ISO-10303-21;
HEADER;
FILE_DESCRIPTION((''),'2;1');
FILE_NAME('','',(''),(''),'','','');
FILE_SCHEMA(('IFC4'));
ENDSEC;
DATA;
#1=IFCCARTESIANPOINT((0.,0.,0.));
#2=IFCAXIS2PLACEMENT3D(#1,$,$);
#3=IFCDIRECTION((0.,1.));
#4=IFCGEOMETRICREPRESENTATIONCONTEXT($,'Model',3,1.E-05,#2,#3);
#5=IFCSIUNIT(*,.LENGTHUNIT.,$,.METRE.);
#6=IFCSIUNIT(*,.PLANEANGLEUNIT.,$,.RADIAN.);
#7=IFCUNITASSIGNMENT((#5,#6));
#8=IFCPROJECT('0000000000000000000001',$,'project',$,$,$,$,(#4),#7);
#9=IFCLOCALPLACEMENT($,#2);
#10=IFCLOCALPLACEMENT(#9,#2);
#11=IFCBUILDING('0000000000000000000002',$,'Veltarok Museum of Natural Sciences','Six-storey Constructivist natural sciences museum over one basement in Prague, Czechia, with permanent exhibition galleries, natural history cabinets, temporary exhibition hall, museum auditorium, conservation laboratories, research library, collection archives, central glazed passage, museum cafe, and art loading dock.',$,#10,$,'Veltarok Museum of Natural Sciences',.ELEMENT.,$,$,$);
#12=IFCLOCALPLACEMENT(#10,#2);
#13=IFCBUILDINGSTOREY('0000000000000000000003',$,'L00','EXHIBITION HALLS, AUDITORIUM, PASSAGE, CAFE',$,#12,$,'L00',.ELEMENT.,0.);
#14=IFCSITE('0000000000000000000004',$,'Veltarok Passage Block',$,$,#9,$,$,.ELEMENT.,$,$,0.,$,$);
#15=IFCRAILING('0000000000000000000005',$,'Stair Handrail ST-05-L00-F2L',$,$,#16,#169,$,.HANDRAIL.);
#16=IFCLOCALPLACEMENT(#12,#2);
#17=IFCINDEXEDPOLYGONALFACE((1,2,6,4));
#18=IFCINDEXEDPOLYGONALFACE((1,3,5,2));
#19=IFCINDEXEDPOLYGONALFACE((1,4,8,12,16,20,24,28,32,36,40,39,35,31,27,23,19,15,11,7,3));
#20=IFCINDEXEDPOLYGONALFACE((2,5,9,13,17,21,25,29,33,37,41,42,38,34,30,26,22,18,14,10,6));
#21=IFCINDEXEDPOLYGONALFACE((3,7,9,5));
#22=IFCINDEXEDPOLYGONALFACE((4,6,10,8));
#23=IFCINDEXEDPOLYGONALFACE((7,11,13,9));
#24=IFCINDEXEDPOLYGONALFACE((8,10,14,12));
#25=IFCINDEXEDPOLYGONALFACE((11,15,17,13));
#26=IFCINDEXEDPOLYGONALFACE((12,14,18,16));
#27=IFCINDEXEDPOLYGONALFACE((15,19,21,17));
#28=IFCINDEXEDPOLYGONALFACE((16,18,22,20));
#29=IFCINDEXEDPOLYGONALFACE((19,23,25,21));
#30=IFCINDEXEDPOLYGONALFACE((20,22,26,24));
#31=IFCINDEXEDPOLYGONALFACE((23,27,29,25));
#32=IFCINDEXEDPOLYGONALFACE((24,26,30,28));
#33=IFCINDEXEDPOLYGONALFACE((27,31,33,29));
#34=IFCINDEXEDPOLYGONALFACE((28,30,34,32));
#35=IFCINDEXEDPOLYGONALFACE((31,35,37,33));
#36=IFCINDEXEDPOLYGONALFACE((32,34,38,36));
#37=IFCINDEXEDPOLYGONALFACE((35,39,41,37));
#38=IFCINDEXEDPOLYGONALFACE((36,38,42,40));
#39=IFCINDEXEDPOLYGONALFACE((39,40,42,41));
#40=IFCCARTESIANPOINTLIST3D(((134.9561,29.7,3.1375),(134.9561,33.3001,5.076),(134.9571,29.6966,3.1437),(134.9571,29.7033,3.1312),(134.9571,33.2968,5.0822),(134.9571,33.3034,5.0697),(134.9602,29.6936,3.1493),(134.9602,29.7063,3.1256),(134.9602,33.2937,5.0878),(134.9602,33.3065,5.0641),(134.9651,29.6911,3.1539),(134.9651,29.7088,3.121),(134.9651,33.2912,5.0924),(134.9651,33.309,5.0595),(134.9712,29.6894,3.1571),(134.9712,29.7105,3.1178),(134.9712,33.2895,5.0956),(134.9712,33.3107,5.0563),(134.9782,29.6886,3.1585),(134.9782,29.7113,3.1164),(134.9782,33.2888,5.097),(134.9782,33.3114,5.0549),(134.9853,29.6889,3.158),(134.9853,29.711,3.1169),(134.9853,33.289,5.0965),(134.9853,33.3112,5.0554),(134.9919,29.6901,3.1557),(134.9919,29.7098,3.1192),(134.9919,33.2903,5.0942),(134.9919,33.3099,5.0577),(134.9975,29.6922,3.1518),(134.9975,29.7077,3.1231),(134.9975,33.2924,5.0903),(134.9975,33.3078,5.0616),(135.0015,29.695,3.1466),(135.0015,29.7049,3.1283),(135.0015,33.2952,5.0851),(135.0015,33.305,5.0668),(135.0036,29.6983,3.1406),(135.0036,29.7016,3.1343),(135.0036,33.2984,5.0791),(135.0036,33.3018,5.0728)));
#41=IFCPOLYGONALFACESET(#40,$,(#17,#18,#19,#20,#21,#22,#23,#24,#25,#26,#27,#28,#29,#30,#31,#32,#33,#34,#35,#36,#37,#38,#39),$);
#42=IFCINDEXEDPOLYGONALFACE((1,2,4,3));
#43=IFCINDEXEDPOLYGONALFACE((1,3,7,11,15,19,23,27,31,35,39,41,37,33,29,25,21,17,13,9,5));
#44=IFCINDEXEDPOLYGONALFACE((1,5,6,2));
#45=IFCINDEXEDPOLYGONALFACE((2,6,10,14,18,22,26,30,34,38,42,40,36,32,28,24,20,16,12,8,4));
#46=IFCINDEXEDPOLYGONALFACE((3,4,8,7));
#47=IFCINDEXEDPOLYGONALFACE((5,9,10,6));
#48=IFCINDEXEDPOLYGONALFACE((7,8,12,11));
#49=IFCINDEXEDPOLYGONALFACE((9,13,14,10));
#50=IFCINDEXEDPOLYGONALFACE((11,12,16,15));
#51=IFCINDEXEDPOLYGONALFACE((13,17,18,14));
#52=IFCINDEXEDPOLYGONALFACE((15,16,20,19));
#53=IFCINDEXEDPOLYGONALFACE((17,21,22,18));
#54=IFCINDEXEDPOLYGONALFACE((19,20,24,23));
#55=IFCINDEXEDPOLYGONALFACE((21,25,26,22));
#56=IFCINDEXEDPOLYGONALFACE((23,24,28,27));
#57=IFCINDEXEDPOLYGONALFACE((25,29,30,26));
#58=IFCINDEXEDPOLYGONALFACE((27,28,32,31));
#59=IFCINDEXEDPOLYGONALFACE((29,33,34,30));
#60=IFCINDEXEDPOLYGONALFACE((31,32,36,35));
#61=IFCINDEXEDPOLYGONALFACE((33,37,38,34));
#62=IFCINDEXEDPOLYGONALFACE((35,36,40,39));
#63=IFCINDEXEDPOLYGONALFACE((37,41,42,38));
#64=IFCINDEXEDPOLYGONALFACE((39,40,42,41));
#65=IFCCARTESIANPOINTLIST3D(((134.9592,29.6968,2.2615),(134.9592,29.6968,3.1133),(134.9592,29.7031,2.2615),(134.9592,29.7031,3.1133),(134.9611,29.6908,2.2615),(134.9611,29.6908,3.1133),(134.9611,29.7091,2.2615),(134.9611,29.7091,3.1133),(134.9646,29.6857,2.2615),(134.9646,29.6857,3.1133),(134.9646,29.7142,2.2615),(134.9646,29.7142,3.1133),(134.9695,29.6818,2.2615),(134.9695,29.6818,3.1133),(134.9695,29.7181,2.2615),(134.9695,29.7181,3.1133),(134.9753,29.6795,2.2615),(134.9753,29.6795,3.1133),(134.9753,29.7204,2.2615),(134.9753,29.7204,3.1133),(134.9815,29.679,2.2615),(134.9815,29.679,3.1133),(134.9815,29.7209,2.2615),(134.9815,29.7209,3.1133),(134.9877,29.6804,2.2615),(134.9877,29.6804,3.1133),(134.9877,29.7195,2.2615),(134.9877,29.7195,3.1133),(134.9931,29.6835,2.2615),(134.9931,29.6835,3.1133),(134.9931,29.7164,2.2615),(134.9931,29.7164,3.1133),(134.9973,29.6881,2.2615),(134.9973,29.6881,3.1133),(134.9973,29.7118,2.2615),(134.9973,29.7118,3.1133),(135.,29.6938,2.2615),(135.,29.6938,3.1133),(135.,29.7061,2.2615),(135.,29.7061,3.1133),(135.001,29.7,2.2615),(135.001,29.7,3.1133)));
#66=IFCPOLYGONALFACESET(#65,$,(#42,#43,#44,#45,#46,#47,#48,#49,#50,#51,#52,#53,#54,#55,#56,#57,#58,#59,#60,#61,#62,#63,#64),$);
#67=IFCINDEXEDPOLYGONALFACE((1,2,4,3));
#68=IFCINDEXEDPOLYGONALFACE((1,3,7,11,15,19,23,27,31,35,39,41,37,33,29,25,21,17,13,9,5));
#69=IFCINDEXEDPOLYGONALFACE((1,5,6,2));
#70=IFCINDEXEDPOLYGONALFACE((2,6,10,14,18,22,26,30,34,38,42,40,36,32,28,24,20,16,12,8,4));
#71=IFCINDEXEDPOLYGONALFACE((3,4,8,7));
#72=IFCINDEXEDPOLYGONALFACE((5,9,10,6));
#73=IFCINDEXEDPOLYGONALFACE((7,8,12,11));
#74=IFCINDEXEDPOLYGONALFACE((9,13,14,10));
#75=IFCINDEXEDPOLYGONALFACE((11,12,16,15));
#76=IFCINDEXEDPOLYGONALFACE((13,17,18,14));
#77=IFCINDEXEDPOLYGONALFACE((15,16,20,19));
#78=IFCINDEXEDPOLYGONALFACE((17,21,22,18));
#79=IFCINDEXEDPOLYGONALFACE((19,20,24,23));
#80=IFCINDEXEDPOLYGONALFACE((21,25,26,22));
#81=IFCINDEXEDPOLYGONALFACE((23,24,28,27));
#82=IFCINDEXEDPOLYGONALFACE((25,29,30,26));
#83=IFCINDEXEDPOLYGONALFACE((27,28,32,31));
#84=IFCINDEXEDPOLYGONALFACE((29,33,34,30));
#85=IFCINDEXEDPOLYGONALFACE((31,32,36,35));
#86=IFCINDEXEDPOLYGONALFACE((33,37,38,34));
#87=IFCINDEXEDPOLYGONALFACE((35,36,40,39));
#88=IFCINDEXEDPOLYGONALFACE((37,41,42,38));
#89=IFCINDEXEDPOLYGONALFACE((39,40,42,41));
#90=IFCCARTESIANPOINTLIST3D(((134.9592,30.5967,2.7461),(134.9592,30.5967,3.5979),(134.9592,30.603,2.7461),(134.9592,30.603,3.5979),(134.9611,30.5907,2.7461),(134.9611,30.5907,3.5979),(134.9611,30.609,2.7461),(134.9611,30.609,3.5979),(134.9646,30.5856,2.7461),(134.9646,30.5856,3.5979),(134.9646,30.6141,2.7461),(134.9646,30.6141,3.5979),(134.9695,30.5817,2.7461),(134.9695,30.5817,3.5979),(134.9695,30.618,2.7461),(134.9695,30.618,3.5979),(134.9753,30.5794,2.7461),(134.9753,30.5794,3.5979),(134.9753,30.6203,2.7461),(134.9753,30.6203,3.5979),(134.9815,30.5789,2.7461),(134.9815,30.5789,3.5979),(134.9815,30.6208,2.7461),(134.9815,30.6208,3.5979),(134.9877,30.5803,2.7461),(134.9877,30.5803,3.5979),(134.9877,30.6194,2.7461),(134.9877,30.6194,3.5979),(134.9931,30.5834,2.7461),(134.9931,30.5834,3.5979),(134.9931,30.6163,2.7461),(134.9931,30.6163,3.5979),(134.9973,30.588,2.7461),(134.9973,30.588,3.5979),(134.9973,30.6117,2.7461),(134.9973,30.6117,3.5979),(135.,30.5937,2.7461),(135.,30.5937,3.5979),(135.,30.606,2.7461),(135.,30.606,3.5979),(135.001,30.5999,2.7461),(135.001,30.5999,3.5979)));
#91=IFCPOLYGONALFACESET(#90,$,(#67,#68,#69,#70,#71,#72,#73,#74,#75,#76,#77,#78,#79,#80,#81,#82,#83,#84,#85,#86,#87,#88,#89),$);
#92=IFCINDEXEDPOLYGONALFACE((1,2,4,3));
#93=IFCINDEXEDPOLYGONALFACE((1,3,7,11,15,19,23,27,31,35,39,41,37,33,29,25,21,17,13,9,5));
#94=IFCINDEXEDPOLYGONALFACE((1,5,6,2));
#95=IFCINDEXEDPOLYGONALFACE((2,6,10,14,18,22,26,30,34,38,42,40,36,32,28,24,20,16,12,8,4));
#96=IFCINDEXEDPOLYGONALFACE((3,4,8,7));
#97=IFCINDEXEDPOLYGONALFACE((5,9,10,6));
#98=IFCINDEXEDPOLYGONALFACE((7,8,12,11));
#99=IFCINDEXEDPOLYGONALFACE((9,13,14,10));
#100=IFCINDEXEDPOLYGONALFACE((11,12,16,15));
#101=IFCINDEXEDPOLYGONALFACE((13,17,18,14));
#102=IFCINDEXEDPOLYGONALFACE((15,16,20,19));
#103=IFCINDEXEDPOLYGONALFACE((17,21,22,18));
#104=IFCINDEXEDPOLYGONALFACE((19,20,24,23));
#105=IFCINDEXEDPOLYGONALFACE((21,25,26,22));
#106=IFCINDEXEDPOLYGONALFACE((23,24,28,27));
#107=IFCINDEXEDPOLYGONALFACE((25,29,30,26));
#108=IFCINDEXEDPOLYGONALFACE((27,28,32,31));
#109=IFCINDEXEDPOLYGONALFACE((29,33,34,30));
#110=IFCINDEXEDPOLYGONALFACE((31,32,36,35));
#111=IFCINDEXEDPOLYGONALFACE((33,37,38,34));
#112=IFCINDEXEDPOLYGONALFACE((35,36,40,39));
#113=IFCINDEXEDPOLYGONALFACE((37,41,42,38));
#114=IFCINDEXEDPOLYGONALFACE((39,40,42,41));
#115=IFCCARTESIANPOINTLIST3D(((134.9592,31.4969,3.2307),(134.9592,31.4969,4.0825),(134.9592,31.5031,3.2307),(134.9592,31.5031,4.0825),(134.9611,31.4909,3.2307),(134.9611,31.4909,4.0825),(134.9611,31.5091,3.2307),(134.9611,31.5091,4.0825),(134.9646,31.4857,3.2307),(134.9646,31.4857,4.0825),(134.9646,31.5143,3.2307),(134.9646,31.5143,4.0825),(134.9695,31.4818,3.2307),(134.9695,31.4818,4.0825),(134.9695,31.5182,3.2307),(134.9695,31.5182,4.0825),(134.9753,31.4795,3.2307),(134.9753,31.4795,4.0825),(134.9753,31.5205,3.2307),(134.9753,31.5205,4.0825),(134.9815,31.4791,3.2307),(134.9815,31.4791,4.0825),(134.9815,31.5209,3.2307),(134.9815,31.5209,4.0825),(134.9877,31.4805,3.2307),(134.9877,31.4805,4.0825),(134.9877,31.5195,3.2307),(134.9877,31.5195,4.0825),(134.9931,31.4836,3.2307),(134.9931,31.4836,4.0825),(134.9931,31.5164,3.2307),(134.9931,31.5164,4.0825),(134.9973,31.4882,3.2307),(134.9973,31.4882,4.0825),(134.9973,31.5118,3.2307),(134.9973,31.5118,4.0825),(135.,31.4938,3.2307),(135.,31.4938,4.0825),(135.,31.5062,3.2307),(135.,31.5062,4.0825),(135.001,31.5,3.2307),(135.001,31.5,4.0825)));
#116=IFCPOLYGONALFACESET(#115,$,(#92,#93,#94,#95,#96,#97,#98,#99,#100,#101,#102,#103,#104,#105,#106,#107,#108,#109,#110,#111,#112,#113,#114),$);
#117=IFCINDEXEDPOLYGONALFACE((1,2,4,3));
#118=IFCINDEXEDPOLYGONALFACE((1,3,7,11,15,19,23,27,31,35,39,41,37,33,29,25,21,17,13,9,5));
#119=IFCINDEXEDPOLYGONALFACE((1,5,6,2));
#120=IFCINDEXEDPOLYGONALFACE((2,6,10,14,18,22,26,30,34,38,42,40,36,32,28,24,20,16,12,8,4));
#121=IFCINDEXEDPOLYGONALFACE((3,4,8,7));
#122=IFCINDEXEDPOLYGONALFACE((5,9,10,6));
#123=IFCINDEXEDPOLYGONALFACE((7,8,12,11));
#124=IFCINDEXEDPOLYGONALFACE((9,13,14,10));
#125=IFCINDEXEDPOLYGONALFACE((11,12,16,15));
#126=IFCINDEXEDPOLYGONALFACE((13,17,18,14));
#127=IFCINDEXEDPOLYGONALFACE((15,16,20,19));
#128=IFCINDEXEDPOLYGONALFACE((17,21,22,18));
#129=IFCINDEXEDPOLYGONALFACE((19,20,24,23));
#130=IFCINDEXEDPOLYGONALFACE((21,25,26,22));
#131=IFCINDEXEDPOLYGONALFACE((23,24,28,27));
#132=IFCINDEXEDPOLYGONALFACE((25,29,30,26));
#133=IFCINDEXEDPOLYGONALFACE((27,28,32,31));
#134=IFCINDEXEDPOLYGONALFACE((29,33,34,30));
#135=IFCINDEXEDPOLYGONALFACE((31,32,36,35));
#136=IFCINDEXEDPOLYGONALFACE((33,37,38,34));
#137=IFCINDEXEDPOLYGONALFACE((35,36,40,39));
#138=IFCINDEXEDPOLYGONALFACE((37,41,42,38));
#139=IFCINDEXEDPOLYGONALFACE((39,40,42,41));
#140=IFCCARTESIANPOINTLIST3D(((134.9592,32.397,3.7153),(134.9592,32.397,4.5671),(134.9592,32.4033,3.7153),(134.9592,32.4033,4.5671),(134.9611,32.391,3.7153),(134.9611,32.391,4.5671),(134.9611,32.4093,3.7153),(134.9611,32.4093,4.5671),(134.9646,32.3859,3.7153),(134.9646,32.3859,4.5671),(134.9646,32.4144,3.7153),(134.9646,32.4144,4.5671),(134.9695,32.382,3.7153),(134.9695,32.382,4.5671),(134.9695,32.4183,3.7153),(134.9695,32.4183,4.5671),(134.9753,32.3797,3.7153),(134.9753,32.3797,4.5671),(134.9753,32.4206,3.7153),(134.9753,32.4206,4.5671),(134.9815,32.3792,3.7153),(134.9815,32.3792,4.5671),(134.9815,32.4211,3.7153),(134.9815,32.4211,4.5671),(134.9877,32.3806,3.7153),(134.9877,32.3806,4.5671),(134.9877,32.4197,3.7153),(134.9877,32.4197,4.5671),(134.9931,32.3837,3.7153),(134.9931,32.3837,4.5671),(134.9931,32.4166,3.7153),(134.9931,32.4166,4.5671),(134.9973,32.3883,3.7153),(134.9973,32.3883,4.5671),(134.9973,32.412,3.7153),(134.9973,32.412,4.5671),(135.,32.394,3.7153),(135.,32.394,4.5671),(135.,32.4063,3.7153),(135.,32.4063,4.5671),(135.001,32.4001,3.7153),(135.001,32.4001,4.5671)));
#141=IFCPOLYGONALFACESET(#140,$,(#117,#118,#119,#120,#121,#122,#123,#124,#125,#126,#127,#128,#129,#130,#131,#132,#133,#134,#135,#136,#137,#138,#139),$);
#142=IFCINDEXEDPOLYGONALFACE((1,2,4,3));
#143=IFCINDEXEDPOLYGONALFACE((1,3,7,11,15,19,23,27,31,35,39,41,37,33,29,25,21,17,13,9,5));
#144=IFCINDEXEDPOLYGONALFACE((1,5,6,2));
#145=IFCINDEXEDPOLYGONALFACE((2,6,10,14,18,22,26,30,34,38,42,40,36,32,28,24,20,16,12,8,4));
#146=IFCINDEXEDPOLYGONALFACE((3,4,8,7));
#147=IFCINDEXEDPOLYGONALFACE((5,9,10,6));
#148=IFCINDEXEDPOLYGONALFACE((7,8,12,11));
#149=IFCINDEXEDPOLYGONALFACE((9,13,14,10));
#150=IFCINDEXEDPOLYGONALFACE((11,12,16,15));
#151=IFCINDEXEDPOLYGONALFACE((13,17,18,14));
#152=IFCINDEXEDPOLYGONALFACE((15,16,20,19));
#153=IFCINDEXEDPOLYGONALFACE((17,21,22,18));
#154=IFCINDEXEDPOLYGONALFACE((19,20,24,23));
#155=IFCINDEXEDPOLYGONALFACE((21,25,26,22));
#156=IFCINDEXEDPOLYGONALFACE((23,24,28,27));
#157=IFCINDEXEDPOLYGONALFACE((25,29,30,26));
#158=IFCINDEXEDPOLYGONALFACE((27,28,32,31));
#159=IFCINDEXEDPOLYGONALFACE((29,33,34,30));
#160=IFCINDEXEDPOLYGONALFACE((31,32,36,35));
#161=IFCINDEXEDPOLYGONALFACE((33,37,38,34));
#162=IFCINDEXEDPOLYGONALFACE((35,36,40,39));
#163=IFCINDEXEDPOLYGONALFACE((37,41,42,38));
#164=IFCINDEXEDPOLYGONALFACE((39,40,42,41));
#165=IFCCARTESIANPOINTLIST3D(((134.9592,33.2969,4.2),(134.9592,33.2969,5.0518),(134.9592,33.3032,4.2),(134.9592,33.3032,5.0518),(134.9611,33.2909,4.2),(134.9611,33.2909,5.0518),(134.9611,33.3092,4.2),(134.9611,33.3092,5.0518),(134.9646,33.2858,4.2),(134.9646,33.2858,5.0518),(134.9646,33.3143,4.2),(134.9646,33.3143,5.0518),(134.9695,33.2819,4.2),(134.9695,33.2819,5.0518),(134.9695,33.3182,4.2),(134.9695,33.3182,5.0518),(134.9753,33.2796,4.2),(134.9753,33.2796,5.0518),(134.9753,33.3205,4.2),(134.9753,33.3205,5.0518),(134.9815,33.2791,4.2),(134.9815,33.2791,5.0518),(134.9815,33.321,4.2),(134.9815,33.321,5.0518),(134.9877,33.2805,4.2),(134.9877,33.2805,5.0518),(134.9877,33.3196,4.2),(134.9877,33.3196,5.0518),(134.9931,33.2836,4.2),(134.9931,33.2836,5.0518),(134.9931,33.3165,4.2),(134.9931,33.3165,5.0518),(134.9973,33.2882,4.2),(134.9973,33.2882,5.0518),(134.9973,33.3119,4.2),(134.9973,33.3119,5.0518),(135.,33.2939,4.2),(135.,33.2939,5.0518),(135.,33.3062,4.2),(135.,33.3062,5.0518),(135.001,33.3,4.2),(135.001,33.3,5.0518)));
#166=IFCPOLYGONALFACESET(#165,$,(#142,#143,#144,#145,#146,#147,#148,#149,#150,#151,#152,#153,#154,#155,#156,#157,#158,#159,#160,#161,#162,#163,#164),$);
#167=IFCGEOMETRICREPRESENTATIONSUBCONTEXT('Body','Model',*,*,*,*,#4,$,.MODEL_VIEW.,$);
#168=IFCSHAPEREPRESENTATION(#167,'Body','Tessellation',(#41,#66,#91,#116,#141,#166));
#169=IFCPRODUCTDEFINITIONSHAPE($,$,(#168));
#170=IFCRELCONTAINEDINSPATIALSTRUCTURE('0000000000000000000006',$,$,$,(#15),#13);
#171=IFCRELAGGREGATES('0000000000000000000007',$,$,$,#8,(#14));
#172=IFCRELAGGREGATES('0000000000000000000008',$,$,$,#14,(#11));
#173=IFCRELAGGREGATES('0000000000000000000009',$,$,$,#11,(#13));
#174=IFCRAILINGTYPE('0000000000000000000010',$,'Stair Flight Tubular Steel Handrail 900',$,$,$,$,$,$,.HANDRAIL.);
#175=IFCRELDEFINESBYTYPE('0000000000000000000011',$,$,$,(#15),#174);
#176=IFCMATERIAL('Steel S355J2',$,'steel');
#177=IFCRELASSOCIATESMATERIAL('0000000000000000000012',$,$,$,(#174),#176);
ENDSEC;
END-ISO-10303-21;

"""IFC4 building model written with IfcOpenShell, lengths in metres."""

from ifc_helpers import new_model, si_unit, direction, frame, origin, origin_2d, place, context, subcontext, project, spatial, circle, extrude, material, type_object, element, save


model = new_model("IFC4")

# Units and contexts
model_context = context("Model", 3, precision=1e-05, world=origin(), true_north=direction((0.0, 1.0)))
body_context = subcontext(model_context, "Body", "Model", "MODEL_VIEW")
ifc_project = project(units=[si_unit("LENGTHUNIT", "METRE"), si_unit("PLANEANGLEUNIT", "RADIAN")], contexts=[model_context])

# Site, building, storey
site_placement = place(None, origin())
site = spatial("IfcSite", under=ifc_project, at=site_placement, Name="Veltarok Passage Block", CompositionType="ELEMENT", RefElevation=0.0)
building_placement = place(site_placement, origin())
building = spatial("IfcBuilding", under=site, at=building_placement, Name="Veltarok Museum of Natural Sciences", Description="Six-storey Constructivist natural sciences museum over one basement in Prague, Czechia, with permanent exhibition galleries, natural history cabinets, temporary exhibition hall, museum auditorium, conservation laboratories, research library, collection archives, central glazed passage, museum cafe, and art loading dock.", LongName="Veltarok Museum of Natural Sciences", CompositionType="ELEMENT")
storey_placement = place(building_placement, origin())
storey = spatial("IfcBuildingStorey", under=building, at=storey_placement, Name="L00", Description="EXHIBITION HALLS, AUDITORIUM, PASSAGE, CAFE", LongName="L00", CompositionType="ELEMENT", Elevation=0.0)

# Shared definitions
ifc_material_1 = material(Name="Steel S355J2", Category="steel")

# Railing
railing_type_1 = type_object("IfcRailingType", Name="Stair Flight Tubular Steel Handrail 900", PredefinedType="HANDRAIL", material=ifc_material_1)
for number, where, name in (
    (1, (134.98, 29.7, 2.2615), "Stair Handrail ST-05-L00-F2L"),
):
    element("IfcRailing", number, at=place(storey_placement, frame(where)), inside=storey, type_object=railing_type_1, Name=name, PredefinedType="HANDRAIL", context=body_context, shape_type="SweptSolid", body=[
        extrude(circle(Radius=0.0239, at=origin_2d()), frame((0.0, 0.0, 0.876), z_axis=(0.0, 0.880475, 0.474093), x_axis=(-1.0, 0.0, 0.0)), (0.0, 0.0, 1.0), 4.0889),
        extrude(circle(Radius=0.021, at=origin_2d()), origin(), (0.0, 0.0, 1.0), 0.8518),
        extrude(circle(Radius=0.021, at=origin_2d()), frame((0.0, 0.8999, 0.4846)), (0.0, 0.0, 1.0), 0.8518),
        extrude(circle(Radius=0.021, at=origin_2d()), frame((0.0, 1.8, 0.9692)), (0.0, 0.0, 1.0), 0.8518),
        extrude(circle(Radius=0.021, at=origin_2d()), frame((0.0, 2.7002, 1.4539)), (0.0, 0.0, 1.0), 0.8518),
        extrude(circle(Radius=0.021, at=origin_2d()), frame((0.0, 3.6001, 1.9385)), (0.0, 0.0, 1.0), 0.8518),
    ])

save(model, "model.ifc")
